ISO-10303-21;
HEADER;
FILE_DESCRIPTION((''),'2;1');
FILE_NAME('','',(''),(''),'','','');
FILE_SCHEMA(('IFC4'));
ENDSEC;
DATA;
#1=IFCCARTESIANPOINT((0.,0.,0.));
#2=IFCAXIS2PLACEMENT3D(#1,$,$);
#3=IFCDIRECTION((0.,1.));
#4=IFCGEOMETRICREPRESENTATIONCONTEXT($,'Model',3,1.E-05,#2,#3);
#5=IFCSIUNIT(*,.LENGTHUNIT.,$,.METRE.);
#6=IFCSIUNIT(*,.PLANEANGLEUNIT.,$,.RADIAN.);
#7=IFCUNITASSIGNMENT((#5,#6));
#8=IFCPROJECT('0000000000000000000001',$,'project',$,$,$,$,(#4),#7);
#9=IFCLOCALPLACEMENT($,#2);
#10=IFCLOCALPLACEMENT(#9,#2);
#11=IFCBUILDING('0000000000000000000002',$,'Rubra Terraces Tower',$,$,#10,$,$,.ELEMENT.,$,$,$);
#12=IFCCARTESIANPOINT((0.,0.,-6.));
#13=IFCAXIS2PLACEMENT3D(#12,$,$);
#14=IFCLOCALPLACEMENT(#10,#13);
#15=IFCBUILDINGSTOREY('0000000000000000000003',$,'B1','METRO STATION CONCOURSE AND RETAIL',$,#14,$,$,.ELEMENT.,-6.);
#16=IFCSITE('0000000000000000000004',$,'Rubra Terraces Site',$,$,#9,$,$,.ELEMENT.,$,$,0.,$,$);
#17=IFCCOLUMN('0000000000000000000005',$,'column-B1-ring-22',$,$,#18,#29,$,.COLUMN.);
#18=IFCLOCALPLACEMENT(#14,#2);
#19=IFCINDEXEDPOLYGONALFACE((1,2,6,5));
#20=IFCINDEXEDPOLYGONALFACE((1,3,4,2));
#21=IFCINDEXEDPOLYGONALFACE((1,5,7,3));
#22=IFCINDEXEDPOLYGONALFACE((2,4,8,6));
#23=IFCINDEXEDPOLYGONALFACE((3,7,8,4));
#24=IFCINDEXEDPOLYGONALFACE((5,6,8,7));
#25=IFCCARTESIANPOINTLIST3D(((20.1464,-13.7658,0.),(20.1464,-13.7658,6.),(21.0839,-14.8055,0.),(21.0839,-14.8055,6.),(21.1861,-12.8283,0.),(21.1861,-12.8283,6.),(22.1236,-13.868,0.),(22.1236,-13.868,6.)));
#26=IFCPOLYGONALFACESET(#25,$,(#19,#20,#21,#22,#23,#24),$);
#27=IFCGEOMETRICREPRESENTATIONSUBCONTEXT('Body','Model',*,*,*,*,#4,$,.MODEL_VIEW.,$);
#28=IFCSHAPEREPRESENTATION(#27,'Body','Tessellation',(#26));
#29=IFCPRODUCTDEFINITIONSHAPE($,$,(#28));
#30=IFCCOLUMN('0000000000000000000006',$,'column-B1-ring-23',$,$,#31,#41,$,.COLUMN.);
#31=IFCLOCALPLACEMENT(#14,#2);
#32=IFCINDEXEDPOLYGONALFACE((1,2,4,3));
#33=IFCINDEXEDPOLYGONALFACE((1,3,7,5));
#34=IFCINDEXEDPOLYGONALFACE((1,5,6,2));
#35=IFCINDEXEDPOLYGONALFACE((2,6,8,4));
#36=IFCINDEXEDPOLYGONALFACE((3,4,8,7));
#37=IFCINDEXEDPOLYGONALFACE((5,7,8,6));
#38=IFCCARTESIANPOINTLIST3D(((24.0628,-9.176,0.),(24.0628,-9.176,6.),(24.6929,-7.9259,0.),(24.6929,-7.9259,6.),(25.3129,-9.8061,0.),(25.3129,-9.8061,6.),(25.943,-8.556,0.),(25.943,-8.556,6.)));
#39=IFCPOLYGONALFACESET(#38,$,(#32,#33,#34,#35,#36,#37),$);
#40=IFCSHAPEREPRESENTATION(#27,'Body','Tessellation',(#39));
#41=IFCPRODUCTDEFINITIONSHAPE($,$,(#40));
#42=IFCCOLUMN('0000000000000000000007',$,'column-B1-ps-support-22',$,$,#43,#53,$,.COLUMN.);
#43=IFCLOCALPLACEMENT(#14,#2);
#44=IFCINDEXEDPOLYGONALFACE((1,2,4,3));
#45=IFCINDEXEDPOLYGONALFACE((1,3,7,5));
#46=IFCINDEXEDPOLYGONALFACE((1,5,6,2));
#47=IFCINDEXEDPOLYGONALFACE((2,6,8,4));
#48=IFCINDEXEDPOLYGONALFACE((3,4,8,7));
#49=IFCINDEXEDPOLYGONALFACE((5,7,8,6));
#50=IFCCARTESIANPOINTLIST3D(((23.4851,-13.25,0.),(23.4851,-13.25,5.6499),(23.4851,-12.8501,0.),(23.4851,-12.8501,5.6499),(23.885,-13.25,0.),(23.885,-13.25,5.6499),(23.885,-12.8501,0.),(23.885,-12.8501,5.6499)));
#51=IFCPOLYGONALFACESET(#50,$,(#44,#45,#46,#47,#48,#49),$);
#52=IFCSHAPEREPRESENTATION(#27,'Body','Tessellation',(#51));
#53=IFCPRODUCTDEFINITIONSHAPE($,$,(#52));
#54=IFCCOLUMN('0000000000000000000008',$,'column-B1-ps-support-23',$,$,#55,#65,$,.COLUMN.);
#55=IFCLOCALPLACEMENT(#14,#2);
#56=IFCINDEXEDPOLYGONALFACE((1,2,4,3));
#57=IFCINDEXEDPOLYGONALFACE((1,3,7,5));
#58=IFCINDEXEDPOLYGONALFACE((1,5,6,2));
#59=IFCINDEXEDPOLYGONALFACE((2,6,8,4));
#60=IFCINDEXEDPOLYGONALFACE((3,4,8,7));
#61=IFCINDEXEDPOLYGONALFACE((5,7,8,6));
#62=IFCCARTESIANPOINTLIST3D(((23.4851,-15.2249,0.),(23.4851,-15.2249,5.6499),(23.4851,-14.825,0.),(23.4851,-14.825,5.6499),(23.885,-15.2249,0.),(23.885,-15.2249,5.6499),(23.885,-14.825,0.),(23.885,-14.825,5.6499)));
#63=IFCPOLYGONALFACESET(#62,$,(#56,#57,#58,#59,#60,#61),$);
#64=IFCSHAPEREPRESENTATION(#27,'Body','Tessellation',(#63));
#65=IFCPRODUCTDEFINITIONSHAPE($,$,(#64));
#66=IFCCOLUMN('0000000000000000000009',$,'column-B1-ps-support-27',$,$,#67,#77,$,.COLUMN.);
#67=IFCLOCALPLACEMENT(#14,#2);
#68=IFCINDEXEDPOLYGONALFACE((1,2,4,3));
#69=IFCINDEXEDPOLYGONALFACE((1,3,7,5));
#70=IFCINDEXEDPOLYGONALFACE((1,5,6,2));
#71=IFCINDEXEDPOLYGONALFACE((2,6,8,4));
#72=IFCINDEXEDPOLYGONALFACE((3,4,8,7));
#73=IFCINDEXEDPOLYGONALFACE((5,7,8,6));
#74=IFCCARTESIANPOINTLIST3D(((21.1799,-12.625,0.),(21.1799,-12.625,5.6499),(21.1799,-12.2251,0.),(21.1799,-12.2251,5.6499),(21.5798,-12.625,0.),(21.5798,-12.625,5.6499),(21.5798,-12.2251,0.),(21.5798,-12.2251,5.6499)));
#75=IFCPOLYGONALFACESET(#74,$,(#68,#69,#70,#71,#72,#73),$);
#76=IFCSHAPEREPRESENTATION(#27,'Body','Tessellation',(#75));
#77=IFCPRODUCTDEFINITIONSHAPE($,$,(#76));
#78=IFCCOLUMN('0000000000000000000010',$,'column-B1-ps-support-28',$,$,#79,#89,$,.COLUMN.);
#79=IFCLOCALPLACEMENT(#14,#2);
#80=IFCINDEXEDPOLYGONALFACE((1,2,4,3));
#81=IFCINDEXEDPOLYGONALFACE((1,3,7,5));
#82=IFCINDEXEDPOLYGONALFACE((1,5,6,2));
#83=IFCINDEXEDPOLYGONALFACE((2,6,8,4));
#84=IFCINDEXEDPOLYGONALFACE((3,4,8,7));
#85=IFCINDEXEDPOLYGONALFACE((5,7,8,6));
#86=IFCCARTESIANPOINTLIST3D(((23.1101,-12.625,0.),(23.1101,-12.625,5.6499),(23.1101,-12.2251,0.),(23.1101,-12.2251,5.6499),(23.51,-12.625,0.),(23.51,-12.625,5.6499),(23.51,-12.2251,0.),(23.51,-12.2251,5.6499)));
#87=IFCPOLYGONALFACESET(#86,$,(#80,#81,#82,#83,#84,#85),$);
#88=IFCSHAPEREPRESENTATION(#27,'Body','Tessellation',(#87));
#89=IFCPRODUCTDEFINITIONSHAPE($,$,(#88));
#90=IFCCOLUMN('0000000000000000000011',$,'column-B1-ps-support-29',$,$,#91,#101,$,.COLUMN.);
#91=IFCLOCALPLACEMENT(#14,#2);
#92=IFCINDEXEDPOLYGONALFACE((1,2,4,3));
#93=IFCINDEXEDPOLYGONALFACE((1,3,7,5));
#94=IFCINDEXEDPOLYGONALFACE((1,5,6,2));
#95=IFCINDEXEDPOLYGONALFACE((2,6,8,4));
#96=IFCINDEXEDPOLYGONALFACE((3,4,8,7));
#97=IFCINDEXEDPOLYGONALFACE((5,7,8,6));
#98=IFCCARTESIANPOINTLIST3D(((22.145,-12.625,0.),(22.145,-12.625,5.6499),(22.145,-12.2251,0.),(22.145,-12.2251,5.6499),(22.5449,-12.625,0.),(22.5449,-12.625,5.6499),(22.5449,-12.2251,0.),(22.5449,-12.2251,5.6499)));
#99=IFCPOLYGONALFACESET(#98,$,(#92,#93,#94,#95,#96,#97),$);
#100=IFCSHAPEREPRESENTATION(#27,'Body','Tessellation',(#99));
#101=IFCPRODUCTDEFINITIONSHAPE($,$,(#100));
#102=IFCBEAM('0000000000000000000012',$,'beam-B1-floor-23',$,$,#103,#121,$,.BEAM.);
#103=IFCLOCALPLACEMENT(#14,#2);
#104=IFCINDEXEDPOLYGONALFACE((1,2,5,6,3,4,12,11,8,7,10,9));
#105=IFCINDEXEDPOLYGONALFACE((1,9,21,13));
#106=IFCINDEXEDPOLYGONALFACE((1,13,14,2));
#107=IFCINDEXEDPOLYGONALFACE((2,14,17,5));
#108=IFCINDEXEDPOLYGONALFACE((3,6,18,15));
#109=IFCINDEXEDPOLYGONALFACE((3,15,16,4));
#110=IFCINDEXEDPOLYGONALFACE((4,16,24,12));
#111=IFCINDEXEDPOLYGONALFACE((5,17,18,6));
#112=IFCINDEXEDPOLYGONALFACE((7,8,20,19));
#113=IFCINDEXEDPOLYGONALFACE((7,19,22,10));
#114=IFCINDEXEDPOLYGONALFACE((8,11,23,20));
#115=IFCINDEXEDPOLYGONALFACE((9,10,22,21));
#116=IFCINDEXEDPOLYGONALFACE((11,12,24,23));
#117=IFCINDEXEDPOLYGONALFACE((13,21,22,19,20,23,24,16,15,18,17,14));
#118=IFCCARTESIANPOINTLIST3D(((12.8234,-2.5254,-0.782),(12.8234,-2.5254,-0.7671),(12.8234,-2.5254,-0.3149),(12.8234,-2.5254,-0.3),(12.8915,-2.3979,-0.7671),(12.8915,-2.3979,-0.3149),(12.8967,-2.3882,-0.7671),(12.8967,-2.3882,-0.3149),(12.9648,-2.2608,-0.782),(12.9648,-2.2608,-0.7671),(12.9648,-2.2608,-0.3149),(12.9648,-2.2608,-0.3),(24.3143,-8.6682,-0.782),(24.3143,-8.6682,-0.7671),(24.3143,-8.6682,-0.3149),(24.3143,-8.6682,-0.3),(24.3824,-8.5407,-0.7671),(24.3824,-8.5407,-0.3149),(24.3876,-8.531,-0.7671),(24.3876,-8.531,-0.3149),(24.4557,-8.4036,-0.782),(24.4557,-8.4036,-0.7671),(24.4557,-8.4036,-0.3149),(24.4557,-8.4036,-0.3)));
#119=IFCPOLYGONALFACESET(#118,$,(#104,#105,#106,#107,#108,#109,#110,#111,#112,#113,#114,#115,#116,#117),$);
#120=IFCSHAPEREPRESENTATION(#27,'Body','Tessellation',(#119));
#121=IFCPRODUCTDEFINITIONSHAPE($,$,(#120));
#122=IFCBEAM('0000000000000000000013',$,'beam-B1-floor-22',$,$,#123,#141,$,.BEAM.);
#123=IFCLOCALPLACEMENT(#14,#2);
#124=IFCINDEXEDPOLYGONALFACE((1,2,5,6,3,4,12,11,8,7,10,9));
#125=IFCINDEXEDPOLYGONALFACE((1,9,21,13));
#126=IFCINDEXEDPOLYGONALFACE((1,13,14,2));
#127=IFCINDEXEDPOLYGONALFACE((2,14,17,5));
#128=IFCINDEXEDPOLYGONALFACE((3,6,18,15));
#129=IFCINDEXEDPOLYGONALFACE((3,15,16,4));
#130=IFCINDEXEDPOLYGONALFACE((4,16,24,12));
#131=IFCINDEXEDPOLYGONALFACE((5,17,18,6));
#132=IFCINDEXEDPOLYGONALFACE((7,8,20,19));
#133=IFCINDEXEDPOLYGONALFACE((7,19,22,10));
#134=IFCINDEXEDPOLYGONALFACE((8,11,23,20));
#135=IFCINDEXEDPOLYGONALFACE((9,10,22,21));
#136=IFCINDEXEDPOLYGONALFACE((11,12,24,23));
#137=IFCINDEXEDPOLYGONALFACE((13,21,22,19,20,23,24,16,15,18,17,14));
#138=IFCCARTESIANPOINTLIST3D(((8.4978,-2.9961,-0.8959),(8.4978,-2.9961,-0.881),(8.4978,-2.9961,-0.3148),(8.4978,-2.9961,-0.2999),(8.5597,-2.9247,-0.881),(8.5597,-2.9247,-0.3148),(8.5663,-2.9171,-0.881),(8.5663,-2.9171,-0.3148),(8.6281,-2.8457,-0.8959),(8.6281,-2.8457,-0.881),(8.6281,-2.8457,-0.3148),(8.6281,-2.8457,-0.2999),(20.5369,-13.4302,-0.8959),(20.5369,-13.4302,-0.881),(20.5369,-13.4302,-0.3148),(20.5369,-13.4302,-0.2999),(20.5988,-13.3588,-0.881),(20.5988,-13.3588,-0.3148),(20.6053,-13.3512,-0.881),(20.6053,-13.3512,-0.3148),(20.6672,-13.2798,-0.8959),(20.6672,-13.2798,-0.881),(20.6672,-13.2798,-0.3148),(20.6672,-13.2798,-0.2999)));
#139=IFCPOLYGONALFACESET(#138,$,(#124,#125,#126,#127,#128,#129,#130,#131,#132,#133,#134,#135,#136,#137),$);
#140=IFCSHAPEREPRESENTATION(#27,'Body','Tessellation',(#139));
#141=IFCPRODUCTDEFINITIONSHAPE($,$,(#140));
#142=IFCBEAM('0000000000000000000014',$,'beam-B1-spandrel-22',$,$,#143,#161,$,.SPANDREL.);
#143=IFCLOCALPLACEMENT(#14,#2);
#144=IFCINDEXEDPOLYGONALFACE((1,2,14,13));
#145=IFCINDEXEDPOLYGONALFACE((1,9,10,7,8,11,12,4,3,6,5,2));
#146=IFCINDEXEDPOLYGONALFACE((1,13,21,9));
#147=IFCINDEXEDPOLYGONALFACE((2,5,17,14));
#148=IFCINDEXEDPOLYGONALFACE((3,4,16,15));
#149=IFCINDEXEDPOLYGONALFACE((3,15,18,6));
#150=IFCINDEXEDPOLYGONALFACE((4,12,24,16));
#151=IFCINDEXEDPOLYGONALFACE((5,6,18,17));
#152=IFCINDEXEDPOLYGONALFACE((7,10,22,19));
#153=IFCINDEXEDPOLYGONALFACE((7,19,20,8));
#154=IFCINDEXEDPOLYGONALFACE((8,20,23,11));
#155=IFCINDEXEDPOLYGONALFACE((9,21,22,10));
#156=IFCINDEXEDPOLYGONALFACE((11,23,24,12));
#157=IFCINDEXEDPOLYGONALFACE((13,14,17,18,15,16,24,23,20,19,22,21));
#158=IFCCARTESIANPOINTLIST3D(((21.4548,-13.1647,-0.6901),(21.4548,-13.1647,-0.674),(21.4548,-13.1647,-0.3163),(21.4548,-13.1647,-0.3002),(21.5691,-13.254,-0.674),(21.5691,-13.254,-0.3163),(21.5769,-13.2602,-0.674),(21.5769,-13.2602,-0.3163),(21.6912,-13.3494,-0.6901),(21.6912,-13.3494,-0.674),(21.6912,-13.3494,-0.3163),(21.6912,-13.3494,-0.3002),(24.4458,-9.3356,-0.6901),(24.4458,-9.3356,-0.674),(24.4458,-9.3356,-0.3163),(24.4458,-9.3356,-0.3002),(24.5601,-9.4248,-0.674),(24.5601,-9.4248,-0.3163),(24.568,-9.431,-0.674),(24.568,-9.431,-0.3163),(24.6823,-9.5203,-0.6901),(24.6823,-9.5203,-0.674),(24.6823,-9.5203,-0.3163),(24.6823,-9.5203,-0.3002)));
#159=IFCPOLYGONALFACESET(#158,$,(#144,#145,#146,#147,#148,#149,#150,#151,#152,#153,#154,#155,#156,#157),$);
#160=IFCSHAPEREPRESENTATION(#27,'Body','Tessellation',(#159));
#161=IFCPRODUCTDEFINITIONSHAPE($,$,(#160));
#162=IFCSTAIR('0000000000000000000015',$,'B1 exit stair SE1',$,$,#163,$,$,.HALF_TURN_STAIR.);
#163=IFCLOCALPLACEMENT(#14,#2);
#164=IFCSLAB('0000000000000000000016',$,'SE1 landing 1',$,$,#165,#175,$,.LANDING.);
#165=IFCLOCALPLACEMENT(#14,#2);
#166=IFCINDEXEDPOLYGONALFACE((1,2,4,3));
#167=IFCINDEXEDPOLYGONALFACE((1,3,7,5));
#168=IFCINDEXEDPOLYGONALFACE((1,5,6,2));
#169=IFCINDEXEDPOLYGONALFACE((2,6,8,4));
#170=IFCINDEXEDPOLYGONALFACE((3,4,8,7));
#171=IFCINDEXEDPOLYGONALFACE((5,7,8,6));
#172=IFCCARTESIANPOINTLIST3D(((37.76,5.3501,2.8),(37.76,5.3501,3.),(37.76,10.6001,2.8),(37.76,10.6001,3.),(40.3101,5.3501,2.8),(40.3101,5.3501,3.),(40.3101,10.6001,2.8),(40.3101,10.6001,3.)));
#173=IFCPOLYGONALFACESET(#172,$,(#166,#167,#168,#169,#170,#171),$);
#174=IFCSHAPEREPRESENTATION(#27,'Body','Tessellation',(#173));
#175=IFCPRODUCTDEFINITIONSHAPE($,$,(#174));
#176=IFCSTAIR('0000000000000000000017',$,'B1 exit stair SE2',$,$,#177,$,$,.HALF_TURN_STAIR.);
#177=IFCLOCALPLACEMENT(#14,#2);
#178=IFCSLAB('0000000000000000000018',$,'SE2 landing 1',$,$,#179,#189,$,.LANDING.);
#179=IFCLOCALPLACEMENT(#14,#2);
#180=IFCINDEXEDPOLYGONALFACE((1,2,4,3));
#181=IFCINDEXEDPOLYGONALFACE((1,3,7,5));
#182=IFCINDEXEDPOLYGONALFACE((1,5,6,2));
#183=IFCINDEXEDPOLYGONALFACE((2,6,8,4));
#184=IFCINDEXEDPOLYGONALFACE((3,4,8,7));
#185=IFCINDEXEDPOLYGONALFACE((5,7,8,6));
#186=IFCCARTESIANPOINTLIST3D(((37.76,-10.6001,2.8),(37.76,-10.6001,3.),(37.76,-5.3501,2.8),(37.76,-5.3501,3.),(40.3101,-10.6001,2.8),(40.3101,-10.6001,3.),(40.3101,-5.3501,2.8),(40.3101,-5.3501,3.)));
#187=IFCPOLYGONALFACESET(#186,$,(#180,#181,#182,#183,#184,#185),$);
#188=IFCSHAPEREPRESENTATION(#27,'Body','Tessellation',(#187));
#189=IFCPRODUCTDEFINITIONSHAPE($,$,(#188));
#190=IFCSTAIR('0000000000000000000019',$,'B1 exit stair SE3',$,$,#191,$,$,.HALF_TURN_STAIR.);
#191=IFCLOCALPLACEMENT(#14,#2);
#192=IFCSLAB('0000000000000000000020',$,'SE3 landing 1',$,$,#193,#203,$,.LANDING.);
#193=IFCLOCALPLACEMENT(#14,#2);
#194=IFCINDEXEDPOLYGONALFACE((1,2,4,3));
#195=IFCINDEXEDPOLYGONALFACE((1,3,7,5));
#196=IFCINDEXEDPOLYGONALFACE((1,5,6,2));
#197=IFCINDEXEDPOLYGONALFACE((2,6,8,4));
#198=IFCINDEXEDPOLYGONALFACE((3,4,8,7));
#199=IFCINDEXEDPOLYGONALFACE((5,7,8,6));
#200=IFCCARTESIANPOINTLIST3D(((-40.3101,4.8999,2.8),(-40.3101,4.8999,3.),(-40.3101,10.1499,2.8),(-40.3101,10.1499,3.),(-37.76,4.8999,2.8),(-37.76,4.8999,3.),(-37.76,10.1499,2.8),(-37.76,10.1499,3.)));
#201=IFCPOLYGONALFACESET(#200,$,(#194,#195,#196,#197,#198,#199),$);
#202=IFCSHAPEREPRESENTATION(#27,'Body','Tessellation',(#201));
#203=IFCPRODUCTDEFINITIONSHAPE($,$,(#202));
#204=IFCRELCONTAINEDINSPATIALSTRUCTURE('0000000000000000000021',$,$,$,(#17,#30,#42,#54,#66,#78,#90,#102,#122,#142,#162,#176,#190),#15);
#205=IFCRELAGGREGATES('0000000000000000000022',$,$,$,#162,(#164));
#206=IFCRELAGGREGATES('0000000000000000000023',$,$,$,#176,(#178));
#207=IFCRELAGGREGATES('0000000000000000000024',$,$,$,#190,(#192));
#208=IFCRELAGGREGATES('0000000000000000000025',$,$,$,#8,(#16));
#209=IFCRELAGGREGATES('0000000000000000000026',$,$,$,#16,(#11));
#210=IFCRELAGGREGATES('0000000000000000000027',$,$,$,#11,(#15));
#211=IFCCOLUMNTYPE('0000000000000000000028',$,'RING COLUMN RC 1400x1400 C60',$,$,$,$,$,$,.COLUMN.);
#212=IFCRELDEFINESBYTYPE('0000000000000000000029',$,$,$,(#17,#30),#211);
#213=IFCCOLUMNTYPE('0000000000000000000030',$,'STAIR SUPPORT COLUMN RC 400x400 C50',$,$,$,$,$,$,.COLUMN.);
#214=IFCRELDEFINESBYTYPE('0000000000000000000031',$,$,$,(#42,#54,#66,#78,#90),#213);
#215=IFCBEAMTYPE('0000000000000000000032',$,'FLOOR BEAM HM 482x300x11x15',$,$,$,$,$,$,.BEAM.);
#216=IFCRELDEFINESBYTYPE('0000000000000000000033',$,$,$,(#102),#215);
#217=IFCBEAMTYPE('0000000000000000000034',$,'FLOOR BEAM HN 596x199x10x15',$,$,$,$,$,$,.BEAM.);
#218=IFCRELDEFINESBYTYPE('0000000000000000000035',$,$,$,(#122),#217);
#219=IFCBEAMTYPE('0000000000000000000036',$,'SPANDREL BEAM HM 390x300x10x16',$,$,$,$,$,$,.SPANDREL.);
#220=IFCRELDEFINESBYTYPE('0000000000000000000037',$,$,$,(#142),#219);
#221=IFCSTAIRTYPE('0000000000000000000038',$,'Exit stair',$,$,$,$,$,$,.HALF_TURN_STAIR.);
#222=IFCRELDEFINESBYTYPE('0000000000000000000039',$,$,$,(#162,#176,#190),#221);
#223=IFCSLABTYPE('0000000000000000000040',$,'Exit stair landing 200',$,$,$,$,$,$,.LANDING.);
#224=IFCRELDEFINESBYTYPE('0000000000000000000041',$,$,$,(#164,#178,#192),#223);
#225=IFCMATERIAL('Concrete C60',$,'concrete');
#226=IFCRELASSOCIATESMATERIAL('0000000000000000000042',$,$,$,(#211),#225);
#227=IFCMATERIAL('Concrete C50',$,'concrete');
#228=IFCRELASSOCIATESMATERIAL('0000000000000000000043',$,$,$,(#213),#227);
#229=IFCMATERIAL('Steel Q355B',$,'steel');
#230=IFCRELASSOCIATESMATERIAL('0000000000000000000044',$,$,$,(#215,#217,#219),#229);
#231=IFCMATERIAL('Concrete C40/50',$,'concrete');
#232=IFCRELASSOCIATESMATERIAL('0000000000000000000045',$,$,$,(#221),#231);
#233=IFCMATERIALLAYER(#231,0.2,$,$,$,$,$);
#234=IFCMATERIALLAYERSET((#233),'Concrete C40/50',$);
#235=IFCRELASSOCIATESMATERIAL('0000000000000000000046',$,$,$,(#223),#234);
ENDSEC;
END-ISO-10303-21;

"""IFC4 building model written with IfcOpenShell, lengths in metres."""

from ifc_helpers import new_model, si_unit, direction, frame, origin, origin_2d, place, context, subcontext, project, spatial, polyline, rectangle, i_section, outline, extrude, material, layer, layer_set, material_profile, profile_set, type_object, element, aggregate, save


model = new_model("IFC4")

# Units and contexts
model_context = context("Model", 3, precision=1e-05, world=origin(), true_north=direction((0.0, 1.0)))
body_context = subcontext(model_context, "Body", "Model", "MODEL_VIEW")
ifc_project = project(units=[si_unit("LENGTHUNIT", "METRE"), si_unit("PLANEANGLEUNIT", "RADIAN")], contexts=[model_context])

# Site, building, storey
site_placement = place(None, origin())
site = spatial("IfcSite", under=ifc_project, at=site_placement, Name="Rubra Terraces Site", CompositionType="ELEMENT", RefElevation=0.0)
building_placement = place(site_placement, origin())
building = spatial("IfcBuilding", under=site, at=building_placement, Name="Rubra Terraces Tower", CompositionType="ELEMENT")
storey_placement = place(building_placement, frame((0.0, 0.0, -6.0)))
storey = spatial("IfcBuildingStorey", under=building, at=storey_placement, Name="B1", Description="METRO STATION CONCOURSE AND RETAIL", CompositionType="ELEMENT", Elevation=-6.0)

# Columns
ifc_material_1 = material(Name="Concrete C60", Category="concrete")
ifc_material_profile_1 = material_profile(ifc_material_1, rectangle(XDim=1.3999, YDim=1.3999, at=origin_2d()), Name="RC 1400x1400")
ifc_profile_set_1 = profile_set([ifc_material_profile_1], Name="Concrete C60")
column_type_1 = type_object("IfcColumnType", Name="RING COLUMN RC 1400x1400 C60", PredefinedType="COLUMN", material=ifc_profile_set_1)
for number, where, z_axis, x_axis, name in (
    (1, (21.135, -13.8169, 0.0), (0.0, 0.0, 1.0), (0.742676, 0.669651, 0.0), "column-B1-ring-22"),
    (2, (25.0029, -8.866, 0.0), (0.0, 0.0, 1.0), (0.450099, 0.892979, 0.0), "column-B1-ring-23"),
):
    element("IfcColumn", number, at=place(storey_placement, frame(where, z_axis=z_axis, x_axis=x_axis)), inside=storey, type_object=column_type_1, Name=name, PredefinedType="COLUMN", context=body_context, shape_type="SweptSolid", body=[
        extrude(rectangle(XDim=1.3999, YDim=1.3999, at=origin_2d()), origin(), (0.0, 0.0, 1.0), 6.0),
    ])
ifc_material_2 = material(Name="Concrete C50", Category="concrete")
ifc_material_profile_2 = material_profile(ifc_material_2, rectangle(XDim=0.3999, YDim=0.3999, at=origin_2d()), Name="RC 400x400")
ifc_profile_set_2 = profile_set([ifc_material_profile_2], Name="Concrete C50")
column_type_2 = type_object("IfcColumnType", Name="STAIR SUPPORT COLUMN RC 400x400 C50", PredefinedType="COLUMN", material=ifc_profile_set_2)
for number, where, z_axis, x_axis, name in (
    (3, (23.6851, -13.05, 0.0), (0.0, 0.0, 1.0), (1.0, 0.0, 0.0), "column-B1-ps-support-22"),
    (4, (23.6851, -15.0249, 0.0), (0.0, 0.0, 1.0), (1.0, 0.0, 0.0), "column-B1-ps-support-23"),
    (5, (21.3799, -12.425, 0.0), (0.0, 0.0, 1.0), (1.0, 0.0, 0.0), "column-B1-ps-support-27"),
    (6, (23.3101, -12.425, 0.0), (0.0, 0.0, 1.0), (1.0, 0.0, 0.0), "column-B1-ps-support-28"),
    (7, (22.345, -12.425, 0.0), (0.0, 0.0, 1.0), (1.0, 0.0, 0.0), "column-B1-ps-support-29"),
):
    element("IfcColumn", number, at=place(storey_placement, frame(where, z_axis=z_axis, x_axis=x_axis)), inside=storey, type_object=column_type_2, Name=name, PredefinedType="COLUMN", context=body_context, shape_type="SweptSolid", body=[
        extrude(rectangle(XDim=0.3999, YDim=0.3999, at=origin_2d()), origin(), (0.0, 0.0, 1.0), 5.6499),
    ])

# Beams
ifc_material_3 = material(Name="Steel Q355B", Category="steel")
ifc_material_profile_3 = material_profile(ifc_material_3, i_section(OverallWidth=0.3, OverallDepth=0.4819, WebThickness=0.011, FlangeThickness=0.0149, at=origin_2d()), Name="HM 482x300x11x15")
ifc_profile_set_3 = profile_set([ifc_material_profile_3], Name="Steel Q355B")
beam_type_1 = type_object("IfcBeamType", Name="FLOOR BEAM HM 482x300x11x15", PredefinedType="BEAM", material=ifc_profile_set_3)
beam_1_placement = place(storey_placement, frame((24.385, -8.5359, -0.541), z_axis=(-0.881897, 0.471443, 0.0), x_axis=(-0.471443, -0.881897, 0.0)))
element("IfcBeam", 8, at=beam_1_placement, inside=storey, type_object=beam_type_1, Name="beam-B1-floor-23", PredefinedType="BEAM", context=body_context, shape_type="SweptSolid", body=[
    extrude(i_section(OverallWidth=0.3, OverallDepth=0.4819, WebThickness=0.011, FlangeThickness=0.0149, at=origin_2d()), origin(), (0.0, 0.0, 1.0), 13.0298),
])
ifc_material_profile_4 = material_profile(ifc_material_3, i_section(OverallWidth=0.199, OverallDepth=0.5959, WebThickness=0.01, FlangeThickness=0.0149, at=origin_2d()), Name="HN 596x199x10x15")
ifc_profile_set_4 = profile_set([ifc_material_profile_4], Name="Steel Q355B")
beam_type_2 = type_object("IfcBeamType", Name="FLOOR BEAM HN 596x199x10x15", PredefinedType="BEAM", material=ifc_profile_set_4)
beam_2_placement = place(storey_placement, frame((20.6021, -13.355, -0.5979), z_axis=(-0.755682, 0.654939, 0.0), x_axis=(-0.654939, -0.755682, 0.0)))
element("IfcBeam", 9, at=beam_2_placement, inside=storey, type_object=beam_type_2, Name="beam-B1-floor-22", PredefinedType="BEAM", context=body_context, shape_type="SweptSolid", body=[
    extrude(i_section(OverallWidth=0.199, OverallDepth=0.5959, WebThickness=0.01, FlangeThickness=0.0149, at=origin_2d()), origin(), (0.0, 0.0, 1.0), 15.9314),
])
ifc_material_profile_5 = material_profile(ifc_material_3, i_section(OverallWidth=0.3, OverallDepth=0.3899, WebThickness=0.01, FlangeThickness=0.0161, at=origin_2d()), Name="HM 390x300x10x16")
ifc_profile_set_5 = profile_set([ifc_material_profile_5], Name="Steel Q355B")
beam_type_3 = type_object("IfcBeamType", Name="SPANDREL BEAM HM 390x300x10x16", PredefinedType="SPANDREL", material=ifc_profile_set_5)
beam_3_placement = place(storey_placement, frame((21.573, -13.2571, -0.4951), z_axis=(0.615578, 0.788076, 0.0), x_axis=(-0.788076, 0.615578, 0.0)))
element("IfcBeam", 10, at=beam_3_placement, inside=storey, type_object=beam_type_3, Name="beam-B1-spandrel-22", PredefinedType="SPANDREL", context=body_context, shape_type="SweptSolid", body=[
    extrude(i_section(OverallWidth=0.3, OverallDepth=0.3899, WebThickness=0.01, FlangeThickness=0.0161, at=origin_2d()), origin(), (0.0, 0.0, 1.0), 4.8589),
])

# Stairs, slabs
ifc_material_4 = material(Name="Concrete C40/50", Category="concrete")
stair_type_1 = type_object("IfcStairType", Name="Exit stair", PredefinedType="HALF_TURN_STAIR", material=ifc_material_4)
stair_1_placement = place(storey_placement, origin())
stair_1 = element("IfcStair", 11, at=stair_1_placement, inside=storey, type_object=stair_type_1, Name="B1 exit stair SE1", PredefinedType="HALF_TURN_STAIR")
ifc_layer_1 = layer(ifc_material_4, 0.2)
ifc_layer_set_1 = layer_set([ifc_layer_1], Name="Concrete C40/50")
slab_type = type_object("IfcSlabType", Name="Exit stair landing 200", PredefinedType="LANDING", material=ifc_layer_set_1)
slab_1_placement = place(storey_placement, frame((0.0, 0.0, 2.8)))
slab_1 = element("IfcSlab", 12, at=slab_1_placement, type_object=slab_type, Name="SE1 landing 1", PredefinedType="LANDING", context=body_context, shape_type="SweptSolid", body=[
    extrude(outline(polyline([(37.76, 5.3501), (40.3101, 5.3501), (40.3101, 10.6001), (37.76, 10.6001), (37.76, 5.3501)])), origin(), (0.0, 0.0, 1.0), 0.2),
])
aggregate(stair_1, [slab_1])
stair_2_placement = place(storey_placement, origin())
stair_2 = element("IfcStair", 13, at=stair_2_placement, inside=storey, type_object=stair_type_1, Name="B1 exit stair SE2", PredefinedType="HALF_TURN_STAIR")
slab_2_placement = place(storey_placement, frame((0.0, 0.0, 2.8)))
slab_2 = element("IfcSlab", 14, at=slab_2_placement, type_object=slab_type, Name="SE2 landing 1", PredefinedType="LANDING", context=body_context, shape_type="SweptSolid", body=[
    extrude(outline(polyline([(37.76, -10.6001), (40.3101, -10.6001), (40.3101, -5.3501), (37.76, -5.3501), (37.76, -10.6001)])), origin(), (0.0, 0.0, 1.0), 0.2),
])
aggregate(stair_2, [slab_2])
stair_3_placement = place(storey_placement, origin())
stair_3 = element("IfcStair", 15, at=stair_3_placement, inside=storey, type_object=stair_type_1, Name="B1 exit stair SE3", PredefinedType="HALF_TURN_STAIR")
slab_3_placement = place(storey_placement, frame((0.0, 0.0, 2.8)))
slab_3 = element("IfcSlab", 16, at=slab_3_placement, type_object=slab_type, Name="SE3 landing 1", PredefinedType="LANDING", context=body_context, shape_type="SweptSolid", body=[
    extrude(outline(polyline([(-40.3101, 4.8999), (-37.76, 4.8999), (-37.76, 10.1499), (-40.3101, 10.1499), (-40.3101, 4.8999)])), origin(), (0.0, 0.0, 1.0), 0.2),
])
aggregate(stair_3, [slab_3])

save(model, "model.ifc")
